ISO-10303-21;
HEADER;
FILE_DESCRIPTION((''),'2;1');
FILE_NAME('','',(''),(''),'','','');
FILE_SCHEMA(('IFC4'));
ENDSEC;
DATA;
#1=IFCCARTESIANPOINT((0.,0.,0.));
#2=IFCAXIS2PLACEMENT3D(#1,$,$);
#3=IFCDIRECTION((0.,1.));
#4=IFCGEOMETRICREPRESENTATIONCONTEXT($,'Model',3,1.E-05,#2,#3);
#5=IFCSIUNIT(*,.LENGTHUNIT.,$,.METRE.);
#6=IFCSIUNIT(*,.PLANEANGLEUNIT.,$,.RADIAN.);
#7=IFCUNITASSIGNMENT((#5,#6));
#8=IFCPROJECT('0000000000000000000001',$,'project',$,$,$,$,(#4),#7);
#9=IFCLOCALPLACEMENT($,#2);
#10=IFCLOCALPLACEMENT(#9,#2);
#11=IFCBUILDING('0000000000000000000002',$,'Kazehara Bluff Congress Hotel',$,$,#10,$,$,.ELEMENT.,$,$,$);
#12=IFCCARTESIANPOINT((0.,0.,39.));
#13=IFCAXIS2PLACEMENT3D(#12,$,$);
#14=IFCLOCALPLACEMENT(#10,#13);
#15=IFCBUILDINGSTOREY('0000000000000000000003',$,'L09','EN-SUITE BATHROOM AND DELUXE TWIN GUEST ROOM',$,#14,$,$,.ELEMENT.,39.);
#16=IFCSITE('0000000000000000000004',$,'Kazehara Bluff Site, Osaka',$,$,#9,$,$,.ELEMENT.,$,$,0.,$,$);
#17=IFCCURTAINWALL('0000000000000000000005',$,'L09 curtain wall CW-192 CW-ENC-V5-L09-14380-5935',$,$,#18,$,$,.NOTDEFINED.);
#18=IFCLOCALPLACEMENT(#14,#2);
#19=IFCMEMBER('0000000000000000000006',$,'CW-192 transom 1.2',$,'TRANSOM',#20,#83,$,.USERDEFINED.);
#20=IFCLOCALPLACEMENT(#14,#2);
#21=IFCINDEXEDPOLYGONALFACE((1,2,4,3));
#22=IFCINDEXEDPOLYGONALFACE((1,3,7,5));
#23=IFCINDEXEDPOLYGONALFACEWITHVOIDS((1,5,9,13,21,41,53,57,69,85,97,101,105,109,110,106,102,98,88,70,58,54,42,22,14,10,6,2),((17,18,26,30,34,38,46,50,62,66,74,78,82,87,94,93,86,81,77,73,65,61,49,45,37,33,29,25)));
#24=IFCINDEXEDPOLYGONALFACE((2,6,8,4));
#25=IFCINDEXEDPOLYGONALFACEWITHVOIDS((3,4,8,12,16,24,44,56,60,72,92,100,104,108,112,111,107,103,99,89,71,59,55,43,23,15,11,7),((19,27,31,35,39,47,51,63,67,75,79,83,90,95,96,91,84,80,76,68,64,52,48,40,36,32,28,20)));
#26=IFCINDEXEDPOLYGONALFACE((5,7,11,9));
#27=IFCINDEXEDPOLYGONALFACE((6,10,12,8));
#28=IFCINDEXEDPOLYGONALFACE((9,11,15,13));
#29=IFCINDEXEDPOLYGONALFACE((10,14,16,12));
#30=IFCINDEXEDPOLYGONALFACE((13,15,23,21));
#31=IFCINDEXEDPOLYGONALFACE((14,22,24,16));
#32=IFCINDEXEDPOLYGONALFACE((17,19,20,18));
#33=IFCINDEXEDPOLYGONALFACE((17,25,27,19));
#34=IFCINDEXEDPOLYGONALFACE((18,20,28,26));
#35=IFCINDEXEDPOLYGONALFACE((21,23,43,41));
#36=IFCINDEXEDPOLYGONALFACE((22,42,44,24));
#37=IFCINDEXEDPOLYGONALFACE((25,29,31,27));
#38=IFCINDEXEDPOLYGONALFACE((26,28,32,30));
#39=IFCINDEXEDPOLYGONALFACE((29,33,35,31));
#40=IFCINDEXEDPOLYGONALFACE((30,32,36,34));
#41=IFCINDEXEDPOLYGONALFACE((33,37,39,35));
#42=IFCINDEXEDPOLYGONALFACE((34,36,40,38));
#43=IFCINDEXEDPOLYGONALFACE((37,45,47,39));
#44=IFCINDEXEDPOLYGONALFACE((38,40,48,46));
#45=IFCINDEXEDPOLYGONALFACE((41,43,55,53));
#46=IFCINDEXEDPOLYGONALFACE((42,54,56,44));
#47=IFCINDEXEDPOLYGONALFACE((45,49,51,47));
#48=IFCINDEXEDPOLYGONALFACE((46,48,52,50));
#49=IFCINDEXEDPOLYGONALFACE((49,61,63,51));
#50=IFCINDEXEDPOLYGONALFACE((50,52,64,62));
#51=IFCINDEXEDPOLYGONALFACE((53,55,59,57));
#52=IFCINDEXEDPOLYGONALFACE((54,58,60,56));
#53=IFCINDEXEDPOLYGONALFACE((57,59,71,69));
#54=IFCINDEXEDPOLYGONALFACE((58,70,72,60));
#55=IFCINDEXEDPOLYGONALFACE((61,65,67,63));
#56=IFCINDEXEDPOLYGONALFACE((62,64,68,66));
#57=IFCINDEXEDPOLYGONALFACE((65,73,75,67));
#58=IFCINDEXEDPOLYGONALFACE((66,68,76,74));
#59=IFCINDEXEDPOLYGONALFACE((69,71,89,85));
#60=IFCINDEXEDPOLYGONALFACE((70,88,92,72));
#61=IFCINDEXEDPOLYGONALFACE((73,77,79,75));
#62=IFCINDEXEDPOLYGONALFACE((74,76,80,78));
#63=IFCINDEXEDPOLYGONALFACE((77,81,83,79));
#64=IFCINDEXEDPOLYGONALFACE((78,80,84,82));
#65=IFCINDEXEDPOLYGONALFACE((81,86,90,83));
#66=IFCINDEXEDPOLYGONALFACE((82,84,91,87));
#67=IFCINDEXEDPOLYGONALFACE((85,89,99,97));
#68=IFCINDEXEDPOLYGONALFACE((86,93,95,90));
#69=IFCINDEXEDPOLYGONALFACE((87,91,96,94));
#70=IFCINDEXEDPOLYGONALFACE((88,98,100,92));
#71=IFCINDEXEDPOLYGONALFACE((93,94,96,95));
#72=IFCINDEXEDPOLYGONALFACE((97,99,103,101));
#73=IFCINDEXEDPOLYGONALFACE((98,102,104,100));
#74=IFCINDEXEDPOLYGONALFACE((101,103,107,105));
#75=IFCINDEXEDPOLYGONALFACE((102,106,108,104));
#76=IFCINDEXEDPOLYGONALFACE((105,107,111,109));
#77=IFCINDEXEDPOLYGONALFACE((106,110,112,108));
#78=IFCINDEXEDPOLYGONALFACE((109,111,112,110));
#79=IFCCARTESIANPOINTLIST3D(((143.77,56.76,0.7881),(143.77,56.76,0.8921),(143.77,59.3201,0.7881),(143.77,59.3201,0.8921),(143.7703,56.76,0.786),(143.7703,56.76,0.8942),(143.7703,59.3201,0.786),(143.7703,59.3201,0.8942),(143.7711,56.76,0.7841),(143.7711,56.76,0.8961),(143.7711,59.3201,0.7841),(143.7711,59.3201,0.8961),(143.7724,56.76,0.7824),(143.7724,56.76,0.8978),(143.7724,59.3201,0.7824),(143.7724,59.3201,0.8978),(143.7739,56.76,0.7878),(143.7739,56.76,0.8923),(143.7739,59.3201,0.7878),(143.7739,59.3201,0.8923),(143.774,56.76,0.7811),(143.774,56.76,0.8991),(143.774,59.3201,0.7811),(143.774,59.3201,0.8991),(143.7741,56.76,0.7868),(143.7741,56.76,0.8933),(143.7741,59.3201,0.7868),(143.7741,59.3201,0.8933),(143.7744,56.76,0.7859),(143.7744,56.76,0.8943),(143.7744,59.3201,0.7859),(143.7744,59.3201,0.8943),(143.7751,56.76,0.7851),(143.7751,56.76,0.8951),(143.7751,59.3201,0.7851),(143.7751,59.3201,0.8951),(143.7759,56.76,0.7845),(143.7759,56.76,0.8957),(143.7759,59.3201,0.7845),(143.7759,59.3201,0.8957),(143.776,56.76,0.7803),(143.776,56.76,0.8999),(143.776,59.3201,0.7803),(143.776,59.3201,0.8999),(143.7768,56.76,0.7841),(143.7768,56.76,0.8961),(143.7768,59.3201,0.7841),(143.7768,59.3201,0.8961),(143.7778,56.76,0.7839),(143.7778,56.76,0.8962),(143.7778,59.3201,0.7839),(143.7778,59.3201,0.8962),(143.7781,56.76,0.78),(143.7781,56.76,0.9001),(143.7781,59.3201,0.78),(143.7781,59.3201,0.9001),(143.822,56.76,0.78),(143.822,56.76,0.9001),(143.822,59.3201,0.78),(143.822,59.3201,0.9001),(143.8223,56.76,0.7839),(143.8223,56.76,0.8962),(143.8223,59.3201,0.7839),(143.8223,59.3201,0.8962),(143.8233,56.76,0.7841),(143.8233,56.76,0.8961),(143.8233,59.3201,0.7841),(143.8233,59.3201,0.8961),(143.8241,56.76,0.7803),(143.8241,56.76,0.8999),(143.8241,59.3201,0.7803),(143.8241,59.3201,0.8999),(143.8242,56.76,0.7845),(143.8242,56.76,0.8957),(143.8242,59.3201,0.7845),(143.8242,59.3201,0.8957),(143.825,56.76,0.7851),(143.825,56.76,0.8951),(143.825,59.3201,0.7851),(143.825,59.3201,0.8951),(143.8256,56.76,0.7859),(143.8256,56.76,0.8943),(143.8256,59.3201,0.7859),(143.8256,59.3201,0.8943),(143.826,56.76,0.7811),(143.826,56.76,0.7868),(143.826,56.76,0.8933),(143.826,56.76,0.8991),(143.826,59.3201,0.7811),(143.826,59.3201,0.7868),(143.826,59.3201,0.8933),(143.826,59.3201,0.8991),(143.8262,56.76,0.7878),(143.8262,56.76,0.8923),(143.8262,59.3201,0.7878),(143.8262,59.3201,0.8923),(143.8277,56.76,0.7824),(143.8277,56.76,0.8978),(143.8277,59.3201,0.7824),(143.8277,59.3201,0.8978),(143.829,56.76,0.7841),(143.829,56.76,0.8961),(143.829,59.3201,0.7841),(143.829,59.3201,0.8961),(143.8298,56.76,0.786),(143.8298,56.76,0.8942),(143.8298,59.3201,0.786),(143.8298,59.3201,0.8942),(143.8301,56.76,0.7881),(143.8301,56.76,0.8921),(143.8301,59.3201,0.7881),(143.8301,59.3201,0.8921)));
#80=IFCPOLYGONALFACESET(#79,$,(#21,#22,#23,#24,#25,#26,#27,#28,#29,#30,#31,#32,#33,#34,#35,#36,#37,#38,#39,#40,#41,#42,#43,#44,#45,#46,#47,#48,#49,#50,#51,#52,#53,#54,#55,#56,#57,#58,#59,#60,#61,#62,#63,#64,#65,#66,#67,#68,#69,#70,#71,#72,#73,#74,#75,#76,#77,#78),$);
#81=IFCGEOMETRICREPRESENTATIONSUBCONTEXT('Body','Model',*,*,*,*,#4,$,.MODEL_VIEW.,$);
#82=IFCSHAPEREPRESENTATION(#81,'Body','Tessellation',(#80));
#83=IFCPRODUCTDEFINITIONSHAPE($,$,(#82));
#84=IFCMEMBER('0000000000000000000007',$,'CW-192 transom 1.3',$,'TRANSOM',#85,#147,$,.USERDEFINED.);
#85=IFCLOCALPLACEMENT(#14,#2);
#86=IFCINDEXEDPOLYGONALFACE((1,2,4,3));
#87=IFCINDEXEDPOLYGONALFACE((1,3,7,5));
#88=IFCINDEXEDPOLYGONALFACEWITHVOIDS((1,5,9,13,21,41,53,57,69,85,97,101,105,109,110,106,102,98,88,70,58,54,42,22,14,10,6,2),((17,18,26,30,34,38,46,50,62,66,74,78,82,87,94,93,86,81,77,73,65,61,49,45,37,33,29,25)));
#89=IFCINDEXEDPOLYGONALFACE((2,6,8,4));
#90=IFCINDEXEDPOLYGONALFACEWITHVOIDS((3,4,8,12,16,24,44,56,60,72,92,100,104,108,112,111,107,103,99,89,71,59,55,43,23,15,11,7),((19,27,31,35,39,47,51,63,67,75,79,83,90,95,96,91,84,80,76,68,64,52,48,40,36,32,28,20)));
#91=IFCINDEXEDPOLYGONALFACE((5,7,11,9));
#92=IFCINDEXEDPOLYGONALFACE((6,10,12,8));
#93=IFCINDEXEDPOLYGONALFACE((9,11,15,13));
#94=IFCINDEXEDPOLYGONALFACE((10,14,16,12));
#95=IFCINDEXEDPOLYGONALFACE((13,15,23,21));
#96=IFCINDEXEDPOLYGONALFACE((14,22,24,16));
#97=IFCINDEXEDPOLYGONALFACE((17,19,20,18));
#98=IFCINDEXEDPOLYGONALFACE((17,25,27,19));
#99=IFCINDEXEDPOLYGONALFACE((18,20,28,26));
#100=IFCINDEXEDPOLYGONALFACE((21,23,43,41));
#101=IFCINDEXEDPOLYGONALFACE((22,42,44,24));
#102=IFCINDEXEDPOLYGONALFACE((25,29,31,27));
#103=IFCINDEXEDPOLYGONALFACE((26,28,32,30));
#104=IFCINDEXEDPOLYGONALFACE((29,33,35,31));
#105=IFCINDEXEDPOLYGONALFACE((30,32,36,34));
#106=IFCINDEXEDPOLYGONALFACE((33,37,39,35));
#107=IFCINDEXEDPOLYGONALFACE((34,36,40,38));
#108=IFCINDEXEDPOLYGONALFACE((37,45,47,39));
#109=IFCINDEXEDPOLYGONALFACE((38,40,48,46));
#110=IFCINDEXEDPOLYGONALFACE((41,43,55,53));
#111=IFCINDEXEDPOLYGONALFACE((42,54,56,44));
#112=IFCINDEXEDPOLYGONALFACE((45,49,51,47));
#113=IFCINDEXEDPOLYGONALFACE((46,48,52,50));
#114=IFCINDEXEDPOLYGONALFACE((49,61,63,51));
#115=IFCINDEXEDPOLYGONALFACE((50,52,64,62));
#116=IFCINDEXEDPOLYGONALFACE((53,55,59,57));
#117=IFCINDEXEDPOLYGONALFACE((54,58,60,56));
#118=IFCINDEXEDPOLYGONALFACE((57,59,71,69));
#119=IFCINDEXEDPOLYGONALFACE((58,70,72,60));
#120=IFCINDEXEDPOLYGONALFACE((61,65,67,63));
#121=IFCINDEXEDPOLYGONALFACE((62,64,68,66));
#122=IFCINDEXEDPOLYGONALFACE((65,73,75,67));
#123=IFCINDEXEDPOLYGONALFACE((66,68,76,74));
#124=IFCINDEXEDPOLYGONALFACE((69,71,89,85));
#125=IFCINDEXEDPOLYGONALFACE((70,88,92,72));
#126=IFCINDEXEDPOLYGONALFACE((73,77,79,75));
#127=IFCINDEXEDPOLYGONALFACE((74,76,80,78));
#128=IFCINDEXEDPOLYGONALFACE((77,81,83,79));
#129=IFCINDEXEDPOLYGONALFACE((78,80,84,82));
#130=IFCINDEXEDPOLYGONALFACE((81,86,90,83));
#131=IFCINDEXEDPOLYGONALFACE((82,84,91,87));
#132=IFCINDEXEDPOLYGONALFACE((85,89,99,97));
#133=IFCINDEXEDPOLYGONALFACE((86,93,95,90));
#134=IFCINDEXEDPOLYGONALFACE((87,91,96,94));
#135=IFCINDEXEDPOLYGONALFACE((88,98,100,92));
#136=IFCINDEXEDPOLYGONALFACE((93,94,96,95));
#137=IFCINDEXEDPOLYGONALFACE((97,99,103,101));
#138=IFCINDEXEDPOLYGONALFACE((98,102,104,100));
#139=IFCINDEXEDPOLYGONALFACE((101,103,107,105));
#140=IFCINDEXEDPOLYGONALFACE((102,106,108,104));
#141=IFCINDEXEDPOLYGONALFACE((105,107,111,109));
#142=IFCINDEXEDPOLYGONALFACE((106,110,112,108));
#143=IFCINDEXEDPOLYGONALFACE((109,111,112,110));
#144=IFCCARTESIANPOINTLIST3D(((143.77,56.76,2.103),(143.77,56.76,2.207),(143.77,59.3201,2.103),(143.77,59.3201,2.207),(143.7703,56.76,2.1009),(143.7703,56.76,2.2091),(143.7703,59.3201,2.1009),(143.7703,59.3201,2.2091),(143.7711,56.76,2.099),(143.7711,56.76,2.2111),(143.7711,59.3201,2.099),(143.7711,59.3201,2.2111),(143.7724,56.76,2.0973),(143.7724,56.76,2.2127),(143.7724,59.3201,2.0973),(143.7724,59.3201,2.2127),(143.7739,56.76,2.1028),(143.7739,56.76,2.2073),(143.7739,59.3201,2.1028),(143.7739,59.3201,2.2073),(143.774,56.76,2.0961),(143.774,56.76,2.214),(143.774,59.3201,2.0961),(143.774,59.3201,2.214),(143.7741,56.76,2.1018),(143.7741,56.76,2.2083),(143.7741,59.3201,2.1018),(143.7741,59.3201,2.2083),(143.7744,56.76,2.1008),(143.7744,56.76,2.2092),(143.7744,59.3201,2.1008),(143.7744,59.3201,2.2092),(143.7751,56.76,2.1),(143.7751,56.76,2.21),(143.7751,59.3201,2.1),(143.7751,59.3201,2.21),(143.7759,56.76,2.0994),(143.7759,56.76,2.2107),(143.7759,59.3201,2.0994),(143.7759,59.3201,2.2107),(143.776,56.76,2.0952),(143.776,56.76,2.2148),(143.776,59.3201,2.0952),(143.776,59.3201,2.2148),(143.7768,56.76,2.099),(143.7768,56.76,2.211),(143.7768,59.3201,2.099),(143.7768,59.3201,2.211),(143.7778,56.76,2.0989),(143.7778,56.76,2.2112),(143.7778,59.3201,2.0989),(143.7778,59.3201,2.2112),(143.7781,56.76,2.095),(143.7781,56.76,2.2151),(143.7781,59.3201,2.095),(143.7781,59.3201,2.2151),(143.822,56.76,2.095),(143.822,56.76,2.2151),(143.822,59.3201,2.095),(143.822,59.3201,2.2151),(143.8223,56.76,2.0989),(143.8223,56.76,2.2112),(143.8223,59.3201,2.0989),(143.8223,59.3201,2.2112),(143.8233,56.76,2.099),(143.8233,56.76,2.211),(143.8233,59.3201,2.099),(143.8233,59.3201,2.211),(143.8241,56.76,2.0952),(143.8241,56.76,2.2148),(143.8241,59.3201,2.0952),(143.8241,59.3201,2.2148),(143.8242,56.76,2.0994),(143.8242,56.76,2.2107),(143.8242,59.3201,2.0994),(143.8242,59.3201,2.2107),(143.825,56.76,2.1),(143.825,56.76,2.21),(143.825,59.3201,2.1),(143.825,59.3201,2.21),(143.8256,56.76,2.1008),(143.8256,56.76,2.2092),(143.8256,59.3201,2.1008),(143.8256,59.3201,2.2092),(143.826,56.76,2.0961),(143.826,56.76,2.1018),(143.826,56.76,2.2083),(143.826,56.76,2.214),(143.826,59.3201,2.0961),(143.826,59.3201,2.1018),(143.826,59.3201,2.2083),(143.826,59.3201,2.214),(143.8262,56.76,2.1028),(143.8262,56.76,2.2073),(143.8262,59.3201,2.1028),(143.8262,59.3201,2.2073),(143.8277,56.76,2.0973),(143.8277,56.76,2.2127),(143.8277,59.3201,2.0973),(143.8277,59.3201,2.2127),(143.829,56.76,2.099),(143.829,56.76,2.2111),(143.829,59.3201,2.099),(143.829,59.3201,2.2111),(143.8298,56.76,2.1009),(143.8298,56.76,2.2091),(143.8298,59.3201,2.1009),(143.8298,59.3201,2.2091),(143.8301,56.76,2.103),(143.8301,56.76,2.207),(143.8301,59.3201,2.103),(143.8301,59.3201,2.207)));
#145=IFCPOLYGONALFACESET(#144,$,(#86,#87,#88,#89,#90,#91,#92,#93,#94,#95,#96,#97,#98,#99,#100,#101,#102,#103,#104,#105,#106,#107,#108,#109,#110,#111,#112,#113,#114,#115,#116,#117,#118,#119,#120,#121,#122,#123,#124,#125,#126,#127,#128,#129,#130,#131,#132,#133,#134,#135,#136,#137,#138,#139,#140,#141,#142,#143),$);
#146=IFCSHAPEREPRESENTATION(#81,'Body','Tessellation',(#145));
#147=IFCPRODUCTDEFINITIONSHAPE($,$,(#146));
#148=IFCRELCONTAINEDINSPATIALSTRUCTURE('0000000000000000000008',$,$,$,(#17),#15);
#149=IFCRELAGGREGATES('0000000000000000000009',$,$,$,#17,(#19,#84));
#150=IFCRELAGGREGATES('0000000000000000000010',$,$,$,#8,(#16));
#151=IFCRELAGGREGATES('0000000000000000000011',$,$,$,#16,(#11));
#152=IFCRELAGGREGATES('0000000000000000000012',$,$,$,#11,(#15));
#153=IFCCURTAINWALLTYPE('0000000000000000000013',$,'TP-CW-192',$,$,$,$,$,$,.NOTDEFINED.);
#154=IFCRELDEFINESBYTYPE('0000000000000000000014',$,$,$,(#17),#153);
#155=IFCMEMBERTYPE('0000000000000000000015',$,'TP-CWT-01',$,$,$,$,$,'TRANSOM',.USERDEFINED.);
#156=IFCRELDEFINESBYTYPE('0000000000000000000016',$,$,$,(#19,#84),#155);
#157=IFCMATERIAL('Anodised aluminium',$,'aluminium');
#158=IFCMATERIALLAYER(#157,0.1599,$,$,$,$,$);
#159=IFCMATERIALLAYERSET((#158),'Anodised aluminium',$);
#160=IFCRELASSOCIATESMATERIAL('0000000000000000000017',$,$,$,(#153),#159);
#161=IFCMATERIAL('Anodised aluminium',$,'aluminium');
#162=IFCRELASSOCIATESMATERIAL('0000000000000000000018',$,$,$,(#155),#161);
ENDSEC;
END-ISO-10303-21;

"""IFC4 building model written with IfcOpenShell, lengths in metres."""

from ifc_helpers import new_model, si_unit, direction, frame, origin, origin_2d, place, context, subcontext, project, spatial, hollow_rectangle, extrude, material, layer, layer_set, material_profile, profile_set, type_object, element, aggregate, save


model = new_model("IFC4")

# Units and contexts
model_context = context("Model", 3, precision=1e-05, world=origin(), true_north=direction((0.0, 1.0)))
body_context = subcontext(model_context, "Body", "Model", "MODEL_VIEW")
ifc_project = project(units=[si_unit("LENGTHUNIT", "METRE"), si_unit("PLANEANGLEUNIT", "RADIAN")], contexts=[model_context])

# Site, building, storey
site_placement = place(None, origin())
site = spatial("IfcSite", under=ifc_project, at=site_placement, Name="Kazehara Bluff Site, Osaka", CompositionType="ELEMENT", RefElevation=0.0)
building_placement = place(site_placement, origin())
building = spatial("IfcBuilding", under=site, at=building_placement, Name="Kazehara Bluff Congress Hotel", CompositionType="ELEMENT")
storey_placement = place(building_placement, frame((0.0, 0.0, 39.0)))
storey = spatial("IfcBuildingStorey", under=building, at=storey_placement, Name="L09", Description="EN-SUITE BATHROOM AND DELUXE TWIN GUEST ROOM", CompositionType="ELEMENT", Elevation=39.0)

# Curtain wall, members
ifc_material_1 = material(Name="Anodised aluminium", Category="aluminium")
ifc_layer_1 = layer(ifc_material_1, 0.1599)
ifc_layer_set_1 = layer_set([ifc_layer_1], Name="Anodised aluminium")
curtain_wall_type = type_object("IfcCurtainWallType", Name="TP-CW-192", PredefinedType="NOTDEFINED", material=ifc_layer_set_1)
curtain_wall_placement = place(storey_placement, origin())
curtain_wall = element("IfcCurtainWall", 1, at=curtain_wall_placement, inside=storey, type_object=curtain_wall_type, Name="L09 curtain wall CW-192 CW-ENC-V5-L09-14380-5935", PredefinedType="NOTDEFINED")
ifc_material_2 = material(Name="Anodised aluminium", Category="aluminium")
ifc_material_profile_1 = material_profile(ifc_material_2, hollow_rectangle(XDim=0.0601, YDim=0.1201, WallThickness=0.0039, InnerFilletRadius=0.0039, OuterFilletRadius=0.0081, at=origin_2d()))
ifc_profile_set_1 = profile_set([ifc_material_profile_1], Name="Anodised aluminium")
member_type_1 = type_object("IfcMemberType", Name="TP-CWT-01", ElementType="TRANSOM", PredefinedType="USERDEFINED", material=ifc_profile_set_1)
member_1_placement = place(storey_placement, frame((143.8, 56.76, 0.8401), z_axis=(0.0, 1.0, 0.0), x_axis=(-1.0, 0.0, 0.0)))
member_1 = element("IfcMember", 2, at=member_1_placement, type_object=member_type_1, Name="CW-192 transom 1.2", ObjectType="TRANSOM", PredefinedType="USERDEFINED", context=body_context, shape_type="SweptSolid", body=[
    extrude(hollow_rectangle(XDim=0.0601, YDim=0.1201, WallThickness=0.0039, InnerFilletRadius=0.0039, OuterFilletRadius=0.0081, at=origin_2d()), origin(), (0.0, 0.0, 1.0), 2.5601),
])
member_2_placement = place(storey_placement, frame((143.8, 56.76, 2.155), z_axis=(0.0, 1.0, 0.0), x_axis=(-1.0, 0.0, 0.0)))
member_2 = element("IfcMember", 3, at=member_2_placement, type_object=member_type_1, Name="CW-192 transom 1.3", ObjectType="TRANSOM", PredefinedType="USERDEFINED", context=body_context, shape_type="SweptSolid", body=[
    extrude(hollow_rectangle(XDim=0.0601, YDim=0.1201, WallThickness=0.0039, InnerFilletRadius=0.0039, OuterFilletRadius=0.0081, at=origin_2d()), origin(), (0.0, 0.0, 1.0), 2.5601),
])

aggregate(curtain_wall, [member_1, member_2])

save(model, "model.ifc")
